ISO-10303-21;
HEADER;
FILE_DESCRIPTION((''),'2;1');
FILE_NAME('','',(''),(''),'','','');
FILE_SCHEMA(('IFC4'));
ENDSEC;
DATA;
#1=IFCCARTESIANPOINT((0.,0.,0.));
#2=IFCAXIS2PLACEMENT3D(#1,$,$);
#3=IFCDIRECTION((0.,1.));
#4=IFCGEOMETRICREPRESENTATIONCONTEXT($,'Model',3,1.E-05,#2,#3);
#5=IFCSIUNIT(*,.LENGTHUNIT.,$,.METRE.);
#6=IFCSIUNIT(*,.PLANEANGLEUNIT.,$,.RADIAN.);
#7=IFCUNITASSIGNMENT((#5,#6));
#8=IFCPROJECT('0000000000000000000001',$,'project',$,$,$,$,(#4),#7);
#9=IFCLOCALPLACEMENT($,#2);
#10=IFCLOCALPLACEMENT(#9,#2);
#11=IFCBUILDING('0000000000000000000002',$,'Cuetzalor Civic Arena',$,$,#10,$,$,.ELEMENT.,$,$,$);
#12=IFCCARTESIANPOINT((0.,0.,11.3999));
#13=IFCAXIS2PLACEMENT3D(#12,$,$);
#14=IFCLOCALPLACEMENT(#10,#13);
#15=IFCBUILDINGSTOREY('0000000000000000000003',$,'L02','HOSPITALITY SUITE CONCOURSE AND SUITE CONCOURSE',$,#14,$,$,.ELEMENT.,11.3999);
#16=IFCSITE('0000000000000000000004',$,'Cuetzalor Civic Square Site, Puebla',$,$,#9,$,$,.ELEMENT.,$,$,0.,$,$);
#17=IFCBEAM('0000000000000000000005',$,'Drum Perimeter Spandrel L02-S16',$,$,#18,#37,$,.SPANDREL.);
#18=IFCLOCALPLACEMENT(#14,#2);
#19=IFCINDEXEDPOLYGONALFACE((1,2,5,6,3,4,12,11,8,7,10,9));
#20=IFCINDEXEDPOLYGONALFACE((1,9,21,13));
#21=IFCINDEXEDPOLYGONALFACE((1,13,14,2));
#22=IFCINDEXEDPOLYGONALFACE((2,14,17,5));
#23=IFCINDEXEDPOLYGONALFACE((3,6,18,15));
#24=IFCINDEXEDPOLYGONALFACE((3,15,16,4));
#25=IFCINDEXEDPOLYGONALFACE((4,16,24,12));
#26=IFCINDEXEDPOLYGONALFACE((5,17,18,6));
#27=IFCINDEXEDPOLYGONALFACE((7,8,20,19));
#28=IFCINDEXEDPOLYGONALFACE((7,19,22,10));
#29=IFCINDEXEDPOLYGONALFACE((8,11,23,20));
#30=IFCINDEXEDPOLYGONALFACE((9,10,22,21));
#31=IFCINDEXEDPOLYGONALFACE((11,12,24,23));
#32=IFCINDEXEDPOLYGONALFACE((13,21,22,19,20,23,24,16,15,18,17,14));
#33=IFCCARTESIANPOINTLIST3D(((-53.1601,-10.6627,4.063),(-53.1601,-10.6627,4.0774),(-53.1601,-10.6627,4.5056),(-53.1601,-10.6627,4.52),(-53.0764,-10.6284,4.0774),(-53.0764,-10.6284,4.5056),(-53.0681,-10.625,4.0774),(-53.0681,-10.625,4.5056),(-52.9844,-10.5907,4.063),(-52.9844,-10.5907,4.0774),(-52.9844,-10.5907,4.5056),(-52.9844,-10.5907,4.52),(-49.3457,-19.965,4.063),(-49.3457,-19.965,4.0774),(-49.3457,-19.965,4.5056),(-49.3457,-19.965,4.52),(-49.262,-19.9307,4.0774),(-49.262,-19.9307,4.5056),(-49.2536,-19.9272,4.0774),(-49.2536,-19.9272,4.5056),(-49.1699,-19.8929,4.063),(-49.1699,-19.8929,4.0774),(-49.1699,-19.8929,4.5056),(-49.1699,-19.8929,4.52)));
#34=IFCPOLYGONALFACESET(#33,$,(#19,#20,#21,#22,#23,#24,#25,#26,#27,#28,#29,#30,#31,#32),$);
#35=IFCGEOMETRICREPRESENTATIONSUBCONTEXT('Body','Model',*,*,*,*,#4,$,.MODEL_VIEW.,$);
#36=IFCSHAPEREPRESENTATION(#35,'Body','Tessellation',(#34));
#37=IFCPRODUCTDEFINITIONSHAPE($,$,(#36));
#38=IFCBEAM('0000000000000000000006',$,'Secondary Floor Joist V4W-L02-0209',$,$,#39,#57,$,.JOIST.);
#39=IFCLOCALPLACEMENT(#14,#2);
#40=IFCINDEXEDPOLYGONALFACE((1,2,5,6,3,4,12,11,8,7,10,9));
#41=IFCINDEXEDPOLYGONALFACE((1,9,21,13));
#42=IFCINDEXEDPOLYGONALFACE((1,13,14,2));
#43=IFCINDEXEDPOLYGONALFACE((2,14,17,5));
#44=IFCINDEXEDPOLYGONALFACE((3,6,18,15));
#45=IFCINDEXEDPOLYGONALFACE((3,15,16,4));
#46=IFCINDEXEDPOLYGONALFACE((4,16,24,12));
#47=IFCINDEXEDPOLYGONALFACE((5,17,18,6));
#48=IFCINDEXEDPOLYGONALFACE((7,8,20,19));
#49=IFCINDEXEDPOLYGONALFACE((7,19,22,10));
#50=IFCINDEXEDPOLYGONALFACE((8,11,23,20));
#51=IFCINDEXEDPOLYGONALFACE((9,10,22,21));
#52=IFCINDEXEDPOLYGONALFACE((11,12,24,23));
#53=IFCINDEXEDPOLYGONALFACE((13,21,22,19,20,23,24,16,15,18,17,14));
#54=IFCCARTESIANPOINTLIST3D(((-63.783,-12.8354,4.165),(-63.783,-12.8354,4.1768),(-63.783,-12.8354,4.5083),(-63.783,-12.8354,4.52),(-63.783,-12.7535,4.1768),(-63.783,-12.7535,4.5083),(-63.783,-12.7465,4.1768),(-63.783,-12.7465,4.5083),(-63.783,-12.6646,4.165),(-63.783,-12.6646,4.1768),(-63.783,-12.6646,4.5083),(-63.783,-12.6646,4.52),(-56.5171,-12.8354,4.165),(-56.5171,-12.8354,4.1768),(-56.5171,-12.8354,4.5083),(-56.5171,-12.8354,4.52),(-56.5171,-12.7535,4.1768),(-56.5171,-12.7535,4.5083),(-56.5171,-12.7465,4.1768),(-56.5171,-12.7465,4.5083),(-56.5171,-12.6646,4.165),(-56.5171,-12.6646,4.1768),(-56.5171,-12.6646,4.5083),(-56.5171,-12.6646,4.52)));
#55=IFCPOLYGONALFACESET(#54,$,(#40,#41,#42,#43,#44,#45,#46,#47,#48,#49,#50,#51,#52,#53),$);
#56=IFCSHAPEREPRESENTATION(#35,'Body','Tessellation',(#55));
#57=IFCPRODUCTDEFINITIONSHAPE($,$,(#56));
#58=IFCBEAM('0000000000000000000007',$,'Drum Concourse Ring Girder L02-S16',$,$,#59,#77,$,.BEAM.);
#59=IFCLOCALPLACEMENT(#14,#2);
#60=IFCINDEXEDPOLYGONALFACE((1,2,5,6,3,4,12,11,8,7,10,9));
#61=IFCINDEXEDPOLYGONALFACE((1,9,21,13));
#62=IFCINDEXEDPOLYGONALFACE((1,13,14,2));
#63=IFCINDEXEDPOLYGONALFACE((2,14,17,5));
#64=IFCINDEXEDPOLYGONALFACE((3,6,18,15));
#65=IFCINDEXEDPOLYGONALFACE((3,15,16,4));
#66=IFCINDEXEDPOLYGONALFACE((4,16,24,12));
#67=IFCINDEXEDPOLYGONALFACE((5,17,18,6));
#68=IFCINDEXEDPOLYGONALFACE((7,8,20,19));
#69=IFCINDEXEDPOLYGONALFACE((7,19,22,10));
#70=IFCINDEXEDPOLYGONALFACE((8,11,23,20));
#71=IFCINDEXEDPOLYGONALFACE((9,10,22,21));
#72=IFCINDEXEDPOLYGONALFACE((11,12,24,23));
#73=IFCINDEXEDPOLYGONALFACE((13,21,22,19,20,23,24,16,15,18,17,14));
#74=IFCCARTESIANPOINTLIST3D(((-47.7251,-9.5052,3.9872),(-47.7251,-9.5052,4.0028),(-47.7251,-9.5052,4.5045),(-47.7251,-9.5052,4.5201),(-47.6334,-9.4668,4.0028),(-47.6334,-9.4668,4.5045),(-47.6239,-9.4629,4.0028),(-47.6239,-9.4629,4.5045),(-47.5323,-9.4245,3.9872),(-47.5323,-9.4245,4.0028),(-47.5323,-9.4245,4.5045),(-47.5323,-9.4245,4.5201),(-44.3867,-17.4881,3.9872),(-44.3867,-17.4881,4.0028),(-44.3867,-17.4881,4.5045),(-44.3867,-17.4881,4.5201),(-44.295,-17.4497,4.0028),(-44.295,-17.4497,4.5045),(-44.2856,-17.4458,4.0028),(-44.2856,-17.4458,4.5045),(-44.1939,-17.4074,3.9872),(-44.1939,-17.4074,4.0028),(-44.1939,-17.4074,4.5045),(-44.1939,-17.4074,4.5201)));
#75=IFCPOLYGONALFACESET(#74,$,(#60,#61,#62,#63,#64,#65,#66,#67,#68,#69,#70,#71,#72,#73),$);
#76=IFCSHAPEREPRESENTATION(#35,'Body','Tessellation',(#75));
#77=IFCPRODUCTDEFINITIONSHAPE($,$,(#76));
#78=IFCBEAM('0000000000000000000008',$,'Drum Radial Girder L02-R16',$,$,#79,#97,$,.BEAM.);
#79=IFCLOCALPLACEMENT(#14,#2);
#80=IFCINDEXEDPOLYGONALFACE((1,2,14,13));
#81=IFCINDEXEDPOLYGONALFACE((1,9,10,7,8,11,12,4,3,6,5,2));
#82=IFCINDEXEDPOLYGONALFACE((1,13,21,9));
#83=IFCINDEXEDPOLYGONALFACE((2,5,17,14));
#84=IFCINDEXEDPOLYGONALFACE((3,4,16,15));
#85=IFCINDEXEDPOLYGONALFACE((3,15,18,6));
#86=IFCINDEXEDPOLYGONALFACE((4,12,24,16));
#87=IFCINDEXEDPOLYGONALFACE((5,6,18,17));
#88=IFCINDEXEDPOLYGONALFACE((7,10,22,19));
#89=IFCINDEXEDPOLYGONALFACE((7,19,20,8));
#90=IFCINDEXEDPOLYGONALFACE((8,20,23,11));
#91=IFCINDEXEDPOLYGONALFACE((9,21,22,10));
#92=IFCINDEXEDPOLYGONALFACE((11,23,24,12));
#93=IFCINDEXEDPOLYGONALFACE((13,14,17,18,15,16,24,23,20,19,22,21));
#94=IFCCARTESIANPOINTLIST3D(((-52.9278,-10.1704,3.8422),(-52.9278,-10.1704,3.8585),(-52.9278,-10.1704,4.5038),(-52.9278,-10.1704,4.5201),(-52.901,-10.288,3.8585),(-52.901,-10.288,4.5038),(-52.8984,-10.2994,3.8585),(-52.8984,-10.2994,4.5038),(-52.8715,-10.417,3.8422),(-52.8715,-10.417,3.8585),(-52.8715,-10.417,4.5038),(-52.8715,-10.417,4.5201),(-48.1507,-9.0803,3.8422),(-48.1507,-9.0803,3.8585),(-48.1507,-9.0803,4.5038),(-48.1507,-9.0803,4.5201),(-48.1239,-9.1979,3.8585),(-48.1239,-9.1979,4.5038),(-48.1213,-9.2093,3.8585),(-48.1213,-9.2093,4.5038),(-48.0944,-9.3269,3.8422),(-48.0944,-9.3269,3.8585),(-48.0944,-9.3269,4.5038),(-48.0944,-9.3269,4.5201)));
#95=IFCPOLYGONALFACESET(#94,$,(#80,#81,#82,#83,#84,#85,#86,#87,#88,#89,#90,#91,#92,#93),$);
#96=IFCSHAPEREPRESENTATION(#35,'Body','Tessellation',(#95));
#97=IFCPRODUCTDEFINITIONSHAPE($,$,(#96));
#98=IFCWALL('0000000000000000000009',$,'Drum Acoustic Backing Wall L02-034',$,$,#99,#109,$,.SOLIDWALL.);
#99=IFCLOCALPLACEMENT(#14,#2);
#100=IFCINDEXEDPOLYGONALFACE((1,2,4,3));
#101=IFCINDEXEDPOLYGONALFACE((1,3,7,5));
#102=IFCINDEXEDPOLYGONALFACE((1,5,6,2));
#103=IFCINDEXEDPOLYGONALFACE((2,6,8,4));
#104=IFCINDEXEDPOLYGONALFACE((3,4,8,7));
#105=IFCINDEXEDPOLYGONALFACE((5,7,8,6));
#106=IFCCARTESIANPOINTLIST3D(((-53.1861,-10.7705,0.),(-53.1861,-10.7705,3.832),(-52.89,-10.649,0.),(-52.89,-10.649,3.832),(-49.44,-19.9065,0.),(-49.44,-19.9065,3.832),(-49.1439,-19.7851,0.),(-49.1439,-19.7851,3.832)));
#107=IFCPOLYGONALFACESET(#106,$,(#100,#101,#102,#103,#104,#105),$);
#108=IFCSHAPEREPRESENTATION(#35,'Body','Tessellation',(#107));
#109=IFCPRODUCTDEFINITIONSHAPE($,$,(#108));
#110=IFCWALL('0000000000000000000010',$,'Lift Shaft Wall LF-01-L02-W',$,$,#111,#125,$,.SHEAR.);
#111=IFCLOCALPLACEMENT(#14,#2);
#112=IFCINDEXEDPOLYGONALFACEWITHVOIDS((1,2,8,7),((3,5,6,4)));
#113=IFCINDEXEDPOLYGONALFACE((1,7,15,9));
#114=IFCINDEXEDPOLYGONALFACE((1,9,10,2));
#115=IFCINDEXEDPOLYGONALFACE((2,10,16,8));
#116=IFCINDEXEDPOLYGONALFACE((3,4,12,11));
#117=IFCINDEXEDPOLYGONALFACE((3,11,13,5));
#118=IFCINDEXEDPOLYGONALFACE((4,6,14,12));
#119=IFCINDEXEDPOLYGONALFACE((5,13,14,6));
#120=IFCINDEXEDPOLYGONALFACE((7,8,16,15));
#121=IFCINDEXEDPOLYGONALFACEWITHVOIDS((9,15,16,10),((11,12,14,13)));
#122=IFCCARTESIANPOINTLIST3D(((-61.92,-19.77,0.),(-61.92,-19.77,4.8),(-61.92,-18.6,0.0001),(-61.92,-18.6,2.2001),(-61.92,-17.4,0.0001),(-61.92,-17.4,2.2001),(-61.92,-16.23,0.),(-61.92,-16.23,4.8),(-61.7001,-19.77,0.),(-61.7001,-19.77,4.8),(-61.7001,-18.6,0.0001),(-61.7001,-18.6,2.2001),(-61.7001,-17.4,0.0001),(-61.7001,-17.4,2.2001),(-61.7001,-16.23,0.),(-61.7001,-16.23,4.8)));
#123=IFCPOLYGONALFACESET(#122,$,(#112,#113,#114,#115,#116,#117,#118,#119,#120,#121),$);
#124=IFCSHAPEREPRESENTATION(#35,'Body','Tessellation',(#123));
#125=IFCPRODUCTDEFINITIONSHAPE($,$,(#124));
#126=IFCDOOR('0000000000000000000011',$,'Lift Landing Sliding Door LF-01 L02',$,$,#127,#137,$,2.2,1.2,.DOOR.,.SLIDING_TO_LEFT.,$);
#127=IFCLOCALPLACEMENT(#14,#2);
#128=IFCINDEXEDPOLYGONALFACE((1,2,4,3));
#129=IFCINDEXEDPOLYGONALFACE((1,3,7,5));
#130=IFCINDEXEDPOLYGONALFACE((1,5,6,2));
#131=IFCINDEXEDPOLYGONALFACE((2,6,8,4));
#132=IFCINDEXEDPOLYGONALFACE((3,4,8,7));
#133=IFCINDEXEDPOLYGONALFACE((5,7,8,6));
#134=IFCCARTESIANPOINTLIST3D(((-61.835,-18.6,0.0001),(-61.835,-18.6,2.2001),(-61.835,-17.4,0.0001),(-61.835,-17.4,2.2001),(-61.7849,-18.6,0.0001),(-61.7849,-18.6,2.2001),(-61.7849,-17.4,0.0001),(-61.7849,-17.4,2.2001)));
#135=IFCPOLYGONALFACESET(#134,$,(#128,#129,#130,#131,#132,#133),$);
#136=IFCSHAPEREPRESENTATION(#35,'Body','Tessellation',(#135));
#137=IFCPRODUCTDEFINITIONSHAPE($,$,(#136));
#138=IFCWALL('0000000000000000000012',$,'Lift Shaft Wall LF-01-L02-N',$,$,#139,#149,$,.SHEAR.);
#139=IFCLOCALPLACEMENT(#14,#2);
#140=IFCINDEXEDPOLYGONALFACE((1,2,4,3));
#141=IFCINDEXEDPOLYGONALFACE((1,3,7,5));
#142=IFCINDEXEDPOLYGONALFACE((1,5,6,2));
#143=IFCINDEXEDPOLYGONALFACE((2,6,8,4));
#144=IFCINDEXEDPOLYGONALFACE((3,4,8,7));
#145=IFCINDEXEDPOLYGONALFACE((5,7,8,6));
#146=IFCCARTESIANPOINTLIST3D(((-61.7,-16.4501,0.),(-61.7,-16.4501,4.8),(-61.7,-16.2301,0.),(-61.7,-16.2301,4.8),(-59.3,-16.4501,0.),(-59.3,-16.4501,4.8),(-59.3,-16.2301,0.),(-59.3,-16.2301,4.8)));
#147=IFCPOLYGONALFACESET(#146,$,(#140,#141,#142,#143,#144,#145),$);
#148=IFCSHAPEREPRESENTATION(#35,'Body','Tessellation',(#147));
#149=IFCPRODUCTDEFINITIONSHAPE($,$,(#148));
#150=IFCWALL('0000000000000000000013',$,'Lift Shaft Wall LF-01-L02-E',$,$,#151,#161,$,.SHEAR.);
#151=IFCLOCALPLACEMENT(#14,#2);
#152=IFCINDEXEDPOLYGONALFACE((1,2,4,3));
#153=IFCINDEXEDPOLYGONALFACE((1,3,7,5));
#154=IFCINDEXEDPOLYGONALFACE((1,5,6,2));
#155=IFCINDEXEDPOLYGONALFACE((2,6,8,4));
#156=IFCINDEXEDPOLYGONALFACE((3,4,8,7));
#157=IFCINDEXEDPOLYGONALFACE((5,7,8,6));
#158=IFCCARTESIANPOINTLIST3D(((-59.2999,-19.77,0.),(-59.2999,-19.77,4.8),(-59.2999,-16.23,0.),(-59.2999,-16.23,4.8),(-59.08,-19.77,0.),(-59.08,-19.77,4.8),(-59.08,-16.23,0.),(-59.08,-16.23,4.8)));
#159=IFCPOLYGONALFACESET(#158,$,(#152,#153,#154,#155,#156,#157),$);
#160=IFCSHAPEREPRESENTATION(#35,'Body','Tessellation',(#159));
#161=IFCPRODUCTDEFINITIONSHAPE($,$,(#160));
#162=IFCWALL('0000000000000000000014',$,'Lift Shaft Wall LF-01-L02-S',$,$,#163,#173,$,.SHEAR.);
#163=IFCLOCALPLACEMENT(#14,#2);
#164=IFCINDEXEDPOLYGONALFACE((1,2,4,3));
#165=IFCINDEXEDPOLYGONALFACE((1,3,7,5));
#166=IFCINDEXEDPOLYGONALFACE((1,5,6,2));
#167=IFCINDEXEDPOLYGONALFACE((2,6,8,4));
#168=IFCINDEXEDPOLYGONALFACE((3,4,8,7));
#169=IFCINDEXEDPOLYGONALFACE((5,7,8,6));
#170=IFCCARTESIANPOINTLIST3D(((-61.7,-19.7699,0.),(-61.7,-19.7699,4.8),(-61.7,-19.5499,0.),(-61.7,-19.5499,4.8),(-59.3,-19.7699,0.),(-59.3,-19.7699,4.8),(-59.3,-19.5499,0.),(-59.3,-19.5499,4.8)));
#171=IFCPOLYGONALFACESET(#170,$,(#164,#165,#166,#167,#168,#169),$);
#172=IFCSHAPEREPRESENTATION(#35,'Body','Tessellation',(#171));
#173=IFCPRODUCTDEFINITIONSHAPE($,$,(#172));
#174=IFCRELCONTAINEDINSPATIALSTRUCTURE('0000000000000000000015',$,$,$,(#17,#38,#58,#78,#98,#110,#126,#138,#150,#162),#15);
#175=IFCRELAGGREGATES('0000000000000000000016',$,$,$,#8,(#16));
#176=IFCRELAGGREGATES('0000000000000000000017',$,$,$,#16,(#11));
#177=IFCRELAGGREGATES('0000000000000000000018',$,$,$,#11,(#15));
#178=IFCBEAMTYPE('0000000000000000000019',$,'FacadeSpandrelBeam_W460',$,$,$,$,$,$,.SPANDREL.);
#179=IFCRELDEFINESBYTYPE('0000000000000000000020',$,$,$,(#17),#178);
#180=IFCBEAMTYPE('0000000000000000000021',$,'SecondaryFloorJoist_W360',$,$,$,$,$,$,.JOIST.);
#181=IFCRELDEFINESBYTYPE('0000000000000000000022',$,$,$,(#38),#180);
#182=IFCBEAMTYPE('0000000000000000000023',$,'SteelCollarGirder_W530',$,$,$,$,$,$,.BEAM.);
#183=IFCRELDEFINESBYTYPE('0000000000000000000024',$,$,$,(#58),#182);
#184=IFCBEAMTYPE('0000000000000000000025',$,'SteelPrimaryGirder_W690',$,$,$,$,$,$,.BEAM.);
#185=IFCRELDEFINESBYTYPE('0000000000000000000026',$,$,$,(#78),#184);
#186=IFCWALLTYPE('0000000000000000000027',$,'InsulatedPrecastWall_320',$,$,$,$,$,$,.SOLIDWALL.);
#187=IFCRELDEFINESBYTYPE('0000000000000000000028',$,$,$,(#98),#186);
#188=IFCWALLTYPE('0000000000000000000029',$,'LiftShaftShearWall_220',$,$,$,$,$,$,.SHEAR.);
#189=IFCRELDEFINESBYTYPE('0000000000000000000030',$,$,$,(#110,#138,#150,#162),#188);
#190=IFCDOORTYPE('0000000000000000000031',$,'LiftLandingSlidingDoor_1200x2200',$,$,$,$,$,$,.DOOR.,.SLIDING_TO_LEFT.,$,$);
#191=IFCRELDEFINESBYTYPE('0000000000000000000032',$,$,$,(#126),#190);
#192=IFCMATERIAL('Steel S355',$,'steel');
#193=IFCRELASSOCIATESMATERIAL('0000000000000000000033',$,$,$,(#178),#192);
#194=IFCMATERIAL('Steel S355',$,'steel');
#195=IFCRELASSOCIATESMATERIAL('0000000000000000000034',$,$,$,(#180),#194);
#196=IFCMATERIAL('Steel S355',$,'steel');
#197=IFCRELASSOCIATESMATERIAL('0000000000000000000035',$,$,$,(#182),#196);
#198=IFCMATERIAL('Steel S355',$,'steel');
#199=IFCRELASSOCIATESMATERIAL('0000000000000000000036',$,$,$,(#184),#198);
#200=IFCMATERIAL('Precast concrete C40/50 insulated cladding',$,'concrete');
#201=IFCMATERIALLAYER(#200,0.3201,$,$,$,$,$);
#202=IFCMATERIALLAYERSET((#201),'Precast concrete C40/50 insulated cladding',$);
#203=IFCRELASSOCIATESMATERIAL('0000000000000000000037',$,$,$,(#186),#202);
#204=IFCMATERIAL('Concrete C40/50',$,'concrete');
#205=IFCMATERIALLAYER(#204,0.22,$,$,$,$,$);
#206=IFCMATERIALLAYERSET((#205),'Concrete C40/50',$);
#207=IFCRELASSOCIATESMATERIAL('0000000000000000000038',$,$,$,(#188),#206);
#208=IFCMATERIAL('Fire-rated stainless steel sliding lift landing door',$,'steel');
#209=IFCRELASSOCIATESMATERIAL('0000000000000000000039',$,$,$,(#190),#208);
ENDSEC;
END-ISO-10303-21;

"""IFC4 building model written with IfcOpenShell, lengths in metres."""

from ifc_helpers import new_model, si_unit, direction, frame, frame_2d, origin, origin_2d, place, context, subcontext, project, spatial, rectangle, i_section, extrude, material, layer, layer_set, material_profile, profile_set, type_object, element, fill, save


model = new_model("IFC4")

# Units and contexts
model_context = context("Model", 3, precision=1e-05, world=origin(), true_north=direction((0.0, 1.0)))
body_context = subcontext(model_context, "Body", "Model", "MODEL_VIEW")
ifc_project = project(units=[si_unit("LENGTHUNIT", "METRE"), si_unit("PLANEANGLEUNIT", "RADIAN")], contexts=[model_context])

# Site, building, storey
site_placement = place(None, origin())
site = spatial("IfcSite", under=ifc_project, at=site_placement, Name="Cuetzalor Civic Square Site, Puebla", CompositionType="ELEMENT", RefElevation=0.0)
building_placement = place(site_placement, origin())
building = spatial("IfcBuilding", under=site, at=building_placement, Name="Cuetzalor Civic Arena", CompositionType="ELEMENT")
storey_placement = place(building_placement, frame((0.0, 0.0, 11.3999)))
storey = spatial("IfcBuildingStorey", under=building, at=storey_placement, Name="L02", Description="HOSPITALITY SUITE CONCOURSE AND SUITE CONCOURSE", CompositionType="ELEMENT", Elevation=11.3999)

# Beams
ifc_material_1 = material(Name="Steel S355", Category="steel")
ifc_material_profile_1 = material_profile(ifc_material_1, i_section(OverallWidth=0.1899, OverallDepth=0.457, WebThickness=0.009, FlangeThickness=0.0144, at=origin_2d()), Name="W460x74")
ifc_profile_set_1 = profile_set([ifc_material_profile_1], Name="Steel S355")
beam_type_1 = type_object("IfcBeamType", Name="FacadeSpandrelBeam_W460", PredefinedType="SPANDREL", material=ifc_profile_set_1)
beam_1_placement = place(storey_placement, frame((-53.0723, -10.6267, 4.2915), z_axis=(0.379399, -0.925233, 0.0), x_axis=(0.925233, 0.379399, 0.0)))
element("IfcBeam", 1, at=beam_1_placement, inside=storey, type_object=beam_type_1, Name="Drum Perimeter Spandrel L02-S16", PredefinedType="SPANDREL", context=body_context, shape_type="SweptSolid", body=[
    extrude(i_section(OverallWidth=0.1899, OverallDepth=0.457, WebThickness=0.009, FlangeThickness=0.0144, at=origin_2d()), origin(), (0.0, 0.0, 1.0), 10.054),
])
ifc_material_2 = material(Name="Steel S355", Category="steel")
ifc_material_profile_2 = material_profile(ifc_material_2, i_section(OverallWidth=0.1709, OverallDepth=0.355, WebThickness=0.0071, FlangeThickness=0.0117, at=origin_2d()), Name="W360x51")
ifc_profile_set_2 = profile_set([ifc_material_profile_2], Name="Steel S355")
beam_type_2 = type_object("IfcBeamType", Name="SecondaryFloorJoist_W360", PredefinedType="JOIST", material=ifc_profile_set_2)
beam_2_placement = place(storey_placement, frame((-63.783, -12.75, 4.3425), z_axis=(1.0, 0.0, 0.0), x_axis=(0.0, 1.0, 0.0)))
element("IfcBeam", 2, at=beam_2_placement, inside=storey, type_object=beam_type_2, Name="Secondary Floor Joist V4W-L02-0209", PredefinedType="JOIST", context=body_context, shape_type="SweptSolid", body=[
    extrude(i_section(OverallWidth=0.1709, OverallDepth=0.355, WebThickness=0.0071, FlangeThickness=0.0117, at=origin_2d()), origin(), (0.0, 0.0, 1.0), 7.2659),
])
ifc_material_3 = material(Name="Steel S355", Category="steel")
ifc_material_profile_3 = material_profile(ifc_material_3, i_section(OverallWidth=0.209, OverallDepth=0.533, WebThickness=0.0103, FlangeThickness=0.0156, at=origin_2d()), Name="W530x92")
ifc_profile_set_3 = profile_set([ifc_material_profile_3], Name="Steel S355")
beam_type_3 = type_object("IfcBeamType", Name="SteelCollarGirder_W530", PredefinedType="BEAM", material=ifc_profile_set_3)
beam_3_placement = place(storey_placement, frame((-47.6287, -9.4648, 4.2537), z_axis=(0.385813, -0.922577, 0.0), x_axis=(0.922577, 0.385813, 0.0)))
element("IfcBeam", 3, at=beam_3_placement, inside=storey, type_object=beam_type_3, Name="Drum Concourse Ring Girder L02-S16", PredefinedType="BEAM", context=body_context, shape_type="SweptSolid", body=[
    extrude(i_section(OverallWidth=0.209, OverallDepth=0.533, WebThickness=0.0103, FlangeThickness=0.0156, at=origin_2d()), origin(), (0.0, 0.0, 1.0), 8.6528),
])
ifc_material_4 = material(Name="Steel S355", Category="steel")
ifc_material_profile_4 = material_profile(ifc_material_4, i_section(OverallWidth=0.2529, OverallDepth=0.678, WebThickness=0.0117, FlangeThickness=0.0164, at=origin_2d()), Name="W690x125")
ifc_profile_set_4 = profile_set([ifc_material_profile_4], Name="Steel S355")
beam_type_4 = type_object("IfcBeamType", Name="SteelPrimaryGirder_W690", PredefinedType="BEAM", material=ifc_profile_set_4)
beam_4_placement = place(storey_placement, frame((-48.1226, -9.2036, 4.1812), z_axis=(-0.974939, -0.222472, 0.0), x_axis=(0.222472, -0.974939, 0.0)))
element("IfcBeam", 4, at=beam_4_placement, inside=storey, type_object=beam_type_4, Name="Drum Radial Girder L02-R16", PredefinedType="BEAM", context=body_context, shape_type="SweptSolid", body=[
    extrude(i_section(OverallWidth=0.2529, OverallDepth=0.678, WebThickness=0.0117, FlangeThickness=0.0164, at=origin_2d()), origin(), (0.0, 0.0, 1.0), 4.8999),
])

# Shared definitions
ifc_material_5 = material(Name="Precast concrete C40/50 insulated cladding", Category="concrete")
ifc_layer_1 = layer(ifc_material_5, 0.3201)
ifc_layer_set_1 = layer_set([ifc_layer_1], Name="Precast concrete C40/50 insulated cladding")
wall_type_1 = type_object("IfcWallType", Name="InsulatedPrecastWall_320", PredefinedType="SOLIDWALL", material=ifc_layer_set_1)

# Wall
wall_1_placement = place(storey_placement, frame((-49.292, -19.8457, 0.0), z_axis=(0.0, 0.0, 1.0), x_axis=(-0.379383, 0.92524, 0.0)))
element("IfcWall", 5, at=wall_1_placement, inside=storey, type_object=wall_type_1, Name="Drum Acoustic Backing Wall L02-034", PredefinedType="SOLIDWALL", context=body_context, shape_type="SweptSolid", body=[
    extrude(rectangle(XDim=9.8743, YDim=0.3201, at=frame_2d((4.937, 0.0))), origin(), (0.0, 0.0, 1.0), 3.832),
])

# Wall, opening, door
ifc_material_6 = material(Name="Concrete C40/50", Category="concrete")
ifc_layer_2 = layer(ifc_material_6, 0.22)
ifc_layer_set_2 = layer_set([ifc_layer_2], Name="Concrete C40/50")
wall_type_2 = type_object("IfcWallType", Name="LiftShaftShearWall_220", PredefinedType="SHEAR", material=ifc_layer_set_2)
wall_2_placement = place(storey_placement, frame((-61.8101, -19.77, 0.0), z_axis=(0.0, 0.0, 1.0), x_axis=(0.0, 1.0, 0.0)))
wall_2 = element("IfcWall", 6, at=wall_2_placement, inside=storey, type_object=wall_type_2, Name="Lift Shaft Wall LF-01-L02-W", PredefinedType="SHEAR", context=body_context, shape_type="SweptSolid", body=[
    extrude(rectangle(XDim=3.54, YDim=0.22, at=frame_2d((1.77, 0.0))), origin(), (0.0, 0.0, 1.0), 4.8),
])
opening_1_placement = place(wall_2_placement, frame((1.1699, 0.0, 0.0)))
opening_1 = element("IfcOpeningElement", 7, at=opening_1_placement, cuts=wall_2, PredefinedType="OPENING", context=body_context, shape_type="SweptSolid", body=[
    extrude(rectangle(XDim=1.2, YDim=2.2, at=frame_2d((0.6001, 1.1001))), frame((0.0, 0.1201, 0.0), z_axis=(0.0, -1.0, 0.0), x_axis=(1.0, 0.0, 0.0)), (0.0, 0.0, 1.0), 0.24),
])
ifc_material_7 = material(Name="Fire-rated stainless steel sliding lift landing door", Category="steel")
door_type_1 = type_object("IfcDoorType", Name="LiftLandingSlidingDoor_1200x2200", OperationType="SLIDING_TO_LEFT", PredefinedType="DOOR", material=ifc_material_7)
door_1_placement = place(opening_1_placement, origin())
door_1 = element("IfcDoor", 8, at=door_1_placement, inside=storey, type_object=door_type_1, Name="Lift Landing Sliding Door LF-01 L02", OperationType="SLIDING_TO_LEFT", OverallHeight=2.2, OverallWidth=1.2, PredefinedType="DOOR", context=body_context, shape_type="SweptSolid", body=[
    extrude(rectangle(XDim=1.2, YDim=2.2, at=frame_2d((0.6001, 1.1001))), frame((0.0, 0.0249, 0.0), z_axis=(0.0, -1.0, 0.0), x_axis=(1.0, 0.0, 0.0)), (0.0, 0.0, 1.0), 0.05),
])
fill(opening_1, door_1)

# Walls
wall_3_placement = place(storey_placement, frame((-61.7, -16.3401, 0.0), z_axis=(0.0, 0.0, 1.0), x_axis=(1.0, 0.0, 0.0)))
element("IfcWall", 9, at=wall_3_placement, inside=storey, type_object=wall_type_2, Name="Lift Shaft Wall LF-01-L02-N", PredefinedType="SHEAR", context=body_context, shape_type="SweptSolid", body=[
    extrude(rectangle(XDim=2.3999, YDim=0.22, at=frame_2d((1.2, 0.0))), origin(), (0.0, 0.0, 1.0), 4.8),
])
wall_4_placement = place(storey_placement, frame((-59.1899, -16.23, 0.0), z_axis=(0.0, 0.0, 1.0), x_axis=(0.0, -1.0, 0.0)))
element("IfcWall", 10, at=wall_4_placement, inside=storey, type_object=wall_type_2, Name="Lift Shaft Wall LF-01-L02-E", PredefinedType="SHEAR", context=body_context, shape_type="SweptSolid", body=[
    extrude(rectangle(XDim=3.54, YDim=0.22, at=frame_2d((1.77, 0.0))), origin(), (0.0, 0.0, 1.0), 4.8),
])
wall_5_placement = place(storey_placement, frame((-59.3, -19.6599, 0.0), z_axis=(0.0, 0.0, 1.0), x_axis=(-1.0, 0.0, 0.0)))
element("IfcWall", 11, at=wall_5_placement, inside=storey, type_object=wall_type_2, Name="Lift Shaft Wall LF-01-L02-S", PredefinedType="SHEAR", context=body_context, shape_type="SweptSolid", body=[
    extrude(rectangle(XDim=2.3999, YDim=0.22, at=frame_2d((1.2, 0.0))), origin(), (0.0, 0.0, 1.0), 4.8),
])

save(model, "model.ifc")
